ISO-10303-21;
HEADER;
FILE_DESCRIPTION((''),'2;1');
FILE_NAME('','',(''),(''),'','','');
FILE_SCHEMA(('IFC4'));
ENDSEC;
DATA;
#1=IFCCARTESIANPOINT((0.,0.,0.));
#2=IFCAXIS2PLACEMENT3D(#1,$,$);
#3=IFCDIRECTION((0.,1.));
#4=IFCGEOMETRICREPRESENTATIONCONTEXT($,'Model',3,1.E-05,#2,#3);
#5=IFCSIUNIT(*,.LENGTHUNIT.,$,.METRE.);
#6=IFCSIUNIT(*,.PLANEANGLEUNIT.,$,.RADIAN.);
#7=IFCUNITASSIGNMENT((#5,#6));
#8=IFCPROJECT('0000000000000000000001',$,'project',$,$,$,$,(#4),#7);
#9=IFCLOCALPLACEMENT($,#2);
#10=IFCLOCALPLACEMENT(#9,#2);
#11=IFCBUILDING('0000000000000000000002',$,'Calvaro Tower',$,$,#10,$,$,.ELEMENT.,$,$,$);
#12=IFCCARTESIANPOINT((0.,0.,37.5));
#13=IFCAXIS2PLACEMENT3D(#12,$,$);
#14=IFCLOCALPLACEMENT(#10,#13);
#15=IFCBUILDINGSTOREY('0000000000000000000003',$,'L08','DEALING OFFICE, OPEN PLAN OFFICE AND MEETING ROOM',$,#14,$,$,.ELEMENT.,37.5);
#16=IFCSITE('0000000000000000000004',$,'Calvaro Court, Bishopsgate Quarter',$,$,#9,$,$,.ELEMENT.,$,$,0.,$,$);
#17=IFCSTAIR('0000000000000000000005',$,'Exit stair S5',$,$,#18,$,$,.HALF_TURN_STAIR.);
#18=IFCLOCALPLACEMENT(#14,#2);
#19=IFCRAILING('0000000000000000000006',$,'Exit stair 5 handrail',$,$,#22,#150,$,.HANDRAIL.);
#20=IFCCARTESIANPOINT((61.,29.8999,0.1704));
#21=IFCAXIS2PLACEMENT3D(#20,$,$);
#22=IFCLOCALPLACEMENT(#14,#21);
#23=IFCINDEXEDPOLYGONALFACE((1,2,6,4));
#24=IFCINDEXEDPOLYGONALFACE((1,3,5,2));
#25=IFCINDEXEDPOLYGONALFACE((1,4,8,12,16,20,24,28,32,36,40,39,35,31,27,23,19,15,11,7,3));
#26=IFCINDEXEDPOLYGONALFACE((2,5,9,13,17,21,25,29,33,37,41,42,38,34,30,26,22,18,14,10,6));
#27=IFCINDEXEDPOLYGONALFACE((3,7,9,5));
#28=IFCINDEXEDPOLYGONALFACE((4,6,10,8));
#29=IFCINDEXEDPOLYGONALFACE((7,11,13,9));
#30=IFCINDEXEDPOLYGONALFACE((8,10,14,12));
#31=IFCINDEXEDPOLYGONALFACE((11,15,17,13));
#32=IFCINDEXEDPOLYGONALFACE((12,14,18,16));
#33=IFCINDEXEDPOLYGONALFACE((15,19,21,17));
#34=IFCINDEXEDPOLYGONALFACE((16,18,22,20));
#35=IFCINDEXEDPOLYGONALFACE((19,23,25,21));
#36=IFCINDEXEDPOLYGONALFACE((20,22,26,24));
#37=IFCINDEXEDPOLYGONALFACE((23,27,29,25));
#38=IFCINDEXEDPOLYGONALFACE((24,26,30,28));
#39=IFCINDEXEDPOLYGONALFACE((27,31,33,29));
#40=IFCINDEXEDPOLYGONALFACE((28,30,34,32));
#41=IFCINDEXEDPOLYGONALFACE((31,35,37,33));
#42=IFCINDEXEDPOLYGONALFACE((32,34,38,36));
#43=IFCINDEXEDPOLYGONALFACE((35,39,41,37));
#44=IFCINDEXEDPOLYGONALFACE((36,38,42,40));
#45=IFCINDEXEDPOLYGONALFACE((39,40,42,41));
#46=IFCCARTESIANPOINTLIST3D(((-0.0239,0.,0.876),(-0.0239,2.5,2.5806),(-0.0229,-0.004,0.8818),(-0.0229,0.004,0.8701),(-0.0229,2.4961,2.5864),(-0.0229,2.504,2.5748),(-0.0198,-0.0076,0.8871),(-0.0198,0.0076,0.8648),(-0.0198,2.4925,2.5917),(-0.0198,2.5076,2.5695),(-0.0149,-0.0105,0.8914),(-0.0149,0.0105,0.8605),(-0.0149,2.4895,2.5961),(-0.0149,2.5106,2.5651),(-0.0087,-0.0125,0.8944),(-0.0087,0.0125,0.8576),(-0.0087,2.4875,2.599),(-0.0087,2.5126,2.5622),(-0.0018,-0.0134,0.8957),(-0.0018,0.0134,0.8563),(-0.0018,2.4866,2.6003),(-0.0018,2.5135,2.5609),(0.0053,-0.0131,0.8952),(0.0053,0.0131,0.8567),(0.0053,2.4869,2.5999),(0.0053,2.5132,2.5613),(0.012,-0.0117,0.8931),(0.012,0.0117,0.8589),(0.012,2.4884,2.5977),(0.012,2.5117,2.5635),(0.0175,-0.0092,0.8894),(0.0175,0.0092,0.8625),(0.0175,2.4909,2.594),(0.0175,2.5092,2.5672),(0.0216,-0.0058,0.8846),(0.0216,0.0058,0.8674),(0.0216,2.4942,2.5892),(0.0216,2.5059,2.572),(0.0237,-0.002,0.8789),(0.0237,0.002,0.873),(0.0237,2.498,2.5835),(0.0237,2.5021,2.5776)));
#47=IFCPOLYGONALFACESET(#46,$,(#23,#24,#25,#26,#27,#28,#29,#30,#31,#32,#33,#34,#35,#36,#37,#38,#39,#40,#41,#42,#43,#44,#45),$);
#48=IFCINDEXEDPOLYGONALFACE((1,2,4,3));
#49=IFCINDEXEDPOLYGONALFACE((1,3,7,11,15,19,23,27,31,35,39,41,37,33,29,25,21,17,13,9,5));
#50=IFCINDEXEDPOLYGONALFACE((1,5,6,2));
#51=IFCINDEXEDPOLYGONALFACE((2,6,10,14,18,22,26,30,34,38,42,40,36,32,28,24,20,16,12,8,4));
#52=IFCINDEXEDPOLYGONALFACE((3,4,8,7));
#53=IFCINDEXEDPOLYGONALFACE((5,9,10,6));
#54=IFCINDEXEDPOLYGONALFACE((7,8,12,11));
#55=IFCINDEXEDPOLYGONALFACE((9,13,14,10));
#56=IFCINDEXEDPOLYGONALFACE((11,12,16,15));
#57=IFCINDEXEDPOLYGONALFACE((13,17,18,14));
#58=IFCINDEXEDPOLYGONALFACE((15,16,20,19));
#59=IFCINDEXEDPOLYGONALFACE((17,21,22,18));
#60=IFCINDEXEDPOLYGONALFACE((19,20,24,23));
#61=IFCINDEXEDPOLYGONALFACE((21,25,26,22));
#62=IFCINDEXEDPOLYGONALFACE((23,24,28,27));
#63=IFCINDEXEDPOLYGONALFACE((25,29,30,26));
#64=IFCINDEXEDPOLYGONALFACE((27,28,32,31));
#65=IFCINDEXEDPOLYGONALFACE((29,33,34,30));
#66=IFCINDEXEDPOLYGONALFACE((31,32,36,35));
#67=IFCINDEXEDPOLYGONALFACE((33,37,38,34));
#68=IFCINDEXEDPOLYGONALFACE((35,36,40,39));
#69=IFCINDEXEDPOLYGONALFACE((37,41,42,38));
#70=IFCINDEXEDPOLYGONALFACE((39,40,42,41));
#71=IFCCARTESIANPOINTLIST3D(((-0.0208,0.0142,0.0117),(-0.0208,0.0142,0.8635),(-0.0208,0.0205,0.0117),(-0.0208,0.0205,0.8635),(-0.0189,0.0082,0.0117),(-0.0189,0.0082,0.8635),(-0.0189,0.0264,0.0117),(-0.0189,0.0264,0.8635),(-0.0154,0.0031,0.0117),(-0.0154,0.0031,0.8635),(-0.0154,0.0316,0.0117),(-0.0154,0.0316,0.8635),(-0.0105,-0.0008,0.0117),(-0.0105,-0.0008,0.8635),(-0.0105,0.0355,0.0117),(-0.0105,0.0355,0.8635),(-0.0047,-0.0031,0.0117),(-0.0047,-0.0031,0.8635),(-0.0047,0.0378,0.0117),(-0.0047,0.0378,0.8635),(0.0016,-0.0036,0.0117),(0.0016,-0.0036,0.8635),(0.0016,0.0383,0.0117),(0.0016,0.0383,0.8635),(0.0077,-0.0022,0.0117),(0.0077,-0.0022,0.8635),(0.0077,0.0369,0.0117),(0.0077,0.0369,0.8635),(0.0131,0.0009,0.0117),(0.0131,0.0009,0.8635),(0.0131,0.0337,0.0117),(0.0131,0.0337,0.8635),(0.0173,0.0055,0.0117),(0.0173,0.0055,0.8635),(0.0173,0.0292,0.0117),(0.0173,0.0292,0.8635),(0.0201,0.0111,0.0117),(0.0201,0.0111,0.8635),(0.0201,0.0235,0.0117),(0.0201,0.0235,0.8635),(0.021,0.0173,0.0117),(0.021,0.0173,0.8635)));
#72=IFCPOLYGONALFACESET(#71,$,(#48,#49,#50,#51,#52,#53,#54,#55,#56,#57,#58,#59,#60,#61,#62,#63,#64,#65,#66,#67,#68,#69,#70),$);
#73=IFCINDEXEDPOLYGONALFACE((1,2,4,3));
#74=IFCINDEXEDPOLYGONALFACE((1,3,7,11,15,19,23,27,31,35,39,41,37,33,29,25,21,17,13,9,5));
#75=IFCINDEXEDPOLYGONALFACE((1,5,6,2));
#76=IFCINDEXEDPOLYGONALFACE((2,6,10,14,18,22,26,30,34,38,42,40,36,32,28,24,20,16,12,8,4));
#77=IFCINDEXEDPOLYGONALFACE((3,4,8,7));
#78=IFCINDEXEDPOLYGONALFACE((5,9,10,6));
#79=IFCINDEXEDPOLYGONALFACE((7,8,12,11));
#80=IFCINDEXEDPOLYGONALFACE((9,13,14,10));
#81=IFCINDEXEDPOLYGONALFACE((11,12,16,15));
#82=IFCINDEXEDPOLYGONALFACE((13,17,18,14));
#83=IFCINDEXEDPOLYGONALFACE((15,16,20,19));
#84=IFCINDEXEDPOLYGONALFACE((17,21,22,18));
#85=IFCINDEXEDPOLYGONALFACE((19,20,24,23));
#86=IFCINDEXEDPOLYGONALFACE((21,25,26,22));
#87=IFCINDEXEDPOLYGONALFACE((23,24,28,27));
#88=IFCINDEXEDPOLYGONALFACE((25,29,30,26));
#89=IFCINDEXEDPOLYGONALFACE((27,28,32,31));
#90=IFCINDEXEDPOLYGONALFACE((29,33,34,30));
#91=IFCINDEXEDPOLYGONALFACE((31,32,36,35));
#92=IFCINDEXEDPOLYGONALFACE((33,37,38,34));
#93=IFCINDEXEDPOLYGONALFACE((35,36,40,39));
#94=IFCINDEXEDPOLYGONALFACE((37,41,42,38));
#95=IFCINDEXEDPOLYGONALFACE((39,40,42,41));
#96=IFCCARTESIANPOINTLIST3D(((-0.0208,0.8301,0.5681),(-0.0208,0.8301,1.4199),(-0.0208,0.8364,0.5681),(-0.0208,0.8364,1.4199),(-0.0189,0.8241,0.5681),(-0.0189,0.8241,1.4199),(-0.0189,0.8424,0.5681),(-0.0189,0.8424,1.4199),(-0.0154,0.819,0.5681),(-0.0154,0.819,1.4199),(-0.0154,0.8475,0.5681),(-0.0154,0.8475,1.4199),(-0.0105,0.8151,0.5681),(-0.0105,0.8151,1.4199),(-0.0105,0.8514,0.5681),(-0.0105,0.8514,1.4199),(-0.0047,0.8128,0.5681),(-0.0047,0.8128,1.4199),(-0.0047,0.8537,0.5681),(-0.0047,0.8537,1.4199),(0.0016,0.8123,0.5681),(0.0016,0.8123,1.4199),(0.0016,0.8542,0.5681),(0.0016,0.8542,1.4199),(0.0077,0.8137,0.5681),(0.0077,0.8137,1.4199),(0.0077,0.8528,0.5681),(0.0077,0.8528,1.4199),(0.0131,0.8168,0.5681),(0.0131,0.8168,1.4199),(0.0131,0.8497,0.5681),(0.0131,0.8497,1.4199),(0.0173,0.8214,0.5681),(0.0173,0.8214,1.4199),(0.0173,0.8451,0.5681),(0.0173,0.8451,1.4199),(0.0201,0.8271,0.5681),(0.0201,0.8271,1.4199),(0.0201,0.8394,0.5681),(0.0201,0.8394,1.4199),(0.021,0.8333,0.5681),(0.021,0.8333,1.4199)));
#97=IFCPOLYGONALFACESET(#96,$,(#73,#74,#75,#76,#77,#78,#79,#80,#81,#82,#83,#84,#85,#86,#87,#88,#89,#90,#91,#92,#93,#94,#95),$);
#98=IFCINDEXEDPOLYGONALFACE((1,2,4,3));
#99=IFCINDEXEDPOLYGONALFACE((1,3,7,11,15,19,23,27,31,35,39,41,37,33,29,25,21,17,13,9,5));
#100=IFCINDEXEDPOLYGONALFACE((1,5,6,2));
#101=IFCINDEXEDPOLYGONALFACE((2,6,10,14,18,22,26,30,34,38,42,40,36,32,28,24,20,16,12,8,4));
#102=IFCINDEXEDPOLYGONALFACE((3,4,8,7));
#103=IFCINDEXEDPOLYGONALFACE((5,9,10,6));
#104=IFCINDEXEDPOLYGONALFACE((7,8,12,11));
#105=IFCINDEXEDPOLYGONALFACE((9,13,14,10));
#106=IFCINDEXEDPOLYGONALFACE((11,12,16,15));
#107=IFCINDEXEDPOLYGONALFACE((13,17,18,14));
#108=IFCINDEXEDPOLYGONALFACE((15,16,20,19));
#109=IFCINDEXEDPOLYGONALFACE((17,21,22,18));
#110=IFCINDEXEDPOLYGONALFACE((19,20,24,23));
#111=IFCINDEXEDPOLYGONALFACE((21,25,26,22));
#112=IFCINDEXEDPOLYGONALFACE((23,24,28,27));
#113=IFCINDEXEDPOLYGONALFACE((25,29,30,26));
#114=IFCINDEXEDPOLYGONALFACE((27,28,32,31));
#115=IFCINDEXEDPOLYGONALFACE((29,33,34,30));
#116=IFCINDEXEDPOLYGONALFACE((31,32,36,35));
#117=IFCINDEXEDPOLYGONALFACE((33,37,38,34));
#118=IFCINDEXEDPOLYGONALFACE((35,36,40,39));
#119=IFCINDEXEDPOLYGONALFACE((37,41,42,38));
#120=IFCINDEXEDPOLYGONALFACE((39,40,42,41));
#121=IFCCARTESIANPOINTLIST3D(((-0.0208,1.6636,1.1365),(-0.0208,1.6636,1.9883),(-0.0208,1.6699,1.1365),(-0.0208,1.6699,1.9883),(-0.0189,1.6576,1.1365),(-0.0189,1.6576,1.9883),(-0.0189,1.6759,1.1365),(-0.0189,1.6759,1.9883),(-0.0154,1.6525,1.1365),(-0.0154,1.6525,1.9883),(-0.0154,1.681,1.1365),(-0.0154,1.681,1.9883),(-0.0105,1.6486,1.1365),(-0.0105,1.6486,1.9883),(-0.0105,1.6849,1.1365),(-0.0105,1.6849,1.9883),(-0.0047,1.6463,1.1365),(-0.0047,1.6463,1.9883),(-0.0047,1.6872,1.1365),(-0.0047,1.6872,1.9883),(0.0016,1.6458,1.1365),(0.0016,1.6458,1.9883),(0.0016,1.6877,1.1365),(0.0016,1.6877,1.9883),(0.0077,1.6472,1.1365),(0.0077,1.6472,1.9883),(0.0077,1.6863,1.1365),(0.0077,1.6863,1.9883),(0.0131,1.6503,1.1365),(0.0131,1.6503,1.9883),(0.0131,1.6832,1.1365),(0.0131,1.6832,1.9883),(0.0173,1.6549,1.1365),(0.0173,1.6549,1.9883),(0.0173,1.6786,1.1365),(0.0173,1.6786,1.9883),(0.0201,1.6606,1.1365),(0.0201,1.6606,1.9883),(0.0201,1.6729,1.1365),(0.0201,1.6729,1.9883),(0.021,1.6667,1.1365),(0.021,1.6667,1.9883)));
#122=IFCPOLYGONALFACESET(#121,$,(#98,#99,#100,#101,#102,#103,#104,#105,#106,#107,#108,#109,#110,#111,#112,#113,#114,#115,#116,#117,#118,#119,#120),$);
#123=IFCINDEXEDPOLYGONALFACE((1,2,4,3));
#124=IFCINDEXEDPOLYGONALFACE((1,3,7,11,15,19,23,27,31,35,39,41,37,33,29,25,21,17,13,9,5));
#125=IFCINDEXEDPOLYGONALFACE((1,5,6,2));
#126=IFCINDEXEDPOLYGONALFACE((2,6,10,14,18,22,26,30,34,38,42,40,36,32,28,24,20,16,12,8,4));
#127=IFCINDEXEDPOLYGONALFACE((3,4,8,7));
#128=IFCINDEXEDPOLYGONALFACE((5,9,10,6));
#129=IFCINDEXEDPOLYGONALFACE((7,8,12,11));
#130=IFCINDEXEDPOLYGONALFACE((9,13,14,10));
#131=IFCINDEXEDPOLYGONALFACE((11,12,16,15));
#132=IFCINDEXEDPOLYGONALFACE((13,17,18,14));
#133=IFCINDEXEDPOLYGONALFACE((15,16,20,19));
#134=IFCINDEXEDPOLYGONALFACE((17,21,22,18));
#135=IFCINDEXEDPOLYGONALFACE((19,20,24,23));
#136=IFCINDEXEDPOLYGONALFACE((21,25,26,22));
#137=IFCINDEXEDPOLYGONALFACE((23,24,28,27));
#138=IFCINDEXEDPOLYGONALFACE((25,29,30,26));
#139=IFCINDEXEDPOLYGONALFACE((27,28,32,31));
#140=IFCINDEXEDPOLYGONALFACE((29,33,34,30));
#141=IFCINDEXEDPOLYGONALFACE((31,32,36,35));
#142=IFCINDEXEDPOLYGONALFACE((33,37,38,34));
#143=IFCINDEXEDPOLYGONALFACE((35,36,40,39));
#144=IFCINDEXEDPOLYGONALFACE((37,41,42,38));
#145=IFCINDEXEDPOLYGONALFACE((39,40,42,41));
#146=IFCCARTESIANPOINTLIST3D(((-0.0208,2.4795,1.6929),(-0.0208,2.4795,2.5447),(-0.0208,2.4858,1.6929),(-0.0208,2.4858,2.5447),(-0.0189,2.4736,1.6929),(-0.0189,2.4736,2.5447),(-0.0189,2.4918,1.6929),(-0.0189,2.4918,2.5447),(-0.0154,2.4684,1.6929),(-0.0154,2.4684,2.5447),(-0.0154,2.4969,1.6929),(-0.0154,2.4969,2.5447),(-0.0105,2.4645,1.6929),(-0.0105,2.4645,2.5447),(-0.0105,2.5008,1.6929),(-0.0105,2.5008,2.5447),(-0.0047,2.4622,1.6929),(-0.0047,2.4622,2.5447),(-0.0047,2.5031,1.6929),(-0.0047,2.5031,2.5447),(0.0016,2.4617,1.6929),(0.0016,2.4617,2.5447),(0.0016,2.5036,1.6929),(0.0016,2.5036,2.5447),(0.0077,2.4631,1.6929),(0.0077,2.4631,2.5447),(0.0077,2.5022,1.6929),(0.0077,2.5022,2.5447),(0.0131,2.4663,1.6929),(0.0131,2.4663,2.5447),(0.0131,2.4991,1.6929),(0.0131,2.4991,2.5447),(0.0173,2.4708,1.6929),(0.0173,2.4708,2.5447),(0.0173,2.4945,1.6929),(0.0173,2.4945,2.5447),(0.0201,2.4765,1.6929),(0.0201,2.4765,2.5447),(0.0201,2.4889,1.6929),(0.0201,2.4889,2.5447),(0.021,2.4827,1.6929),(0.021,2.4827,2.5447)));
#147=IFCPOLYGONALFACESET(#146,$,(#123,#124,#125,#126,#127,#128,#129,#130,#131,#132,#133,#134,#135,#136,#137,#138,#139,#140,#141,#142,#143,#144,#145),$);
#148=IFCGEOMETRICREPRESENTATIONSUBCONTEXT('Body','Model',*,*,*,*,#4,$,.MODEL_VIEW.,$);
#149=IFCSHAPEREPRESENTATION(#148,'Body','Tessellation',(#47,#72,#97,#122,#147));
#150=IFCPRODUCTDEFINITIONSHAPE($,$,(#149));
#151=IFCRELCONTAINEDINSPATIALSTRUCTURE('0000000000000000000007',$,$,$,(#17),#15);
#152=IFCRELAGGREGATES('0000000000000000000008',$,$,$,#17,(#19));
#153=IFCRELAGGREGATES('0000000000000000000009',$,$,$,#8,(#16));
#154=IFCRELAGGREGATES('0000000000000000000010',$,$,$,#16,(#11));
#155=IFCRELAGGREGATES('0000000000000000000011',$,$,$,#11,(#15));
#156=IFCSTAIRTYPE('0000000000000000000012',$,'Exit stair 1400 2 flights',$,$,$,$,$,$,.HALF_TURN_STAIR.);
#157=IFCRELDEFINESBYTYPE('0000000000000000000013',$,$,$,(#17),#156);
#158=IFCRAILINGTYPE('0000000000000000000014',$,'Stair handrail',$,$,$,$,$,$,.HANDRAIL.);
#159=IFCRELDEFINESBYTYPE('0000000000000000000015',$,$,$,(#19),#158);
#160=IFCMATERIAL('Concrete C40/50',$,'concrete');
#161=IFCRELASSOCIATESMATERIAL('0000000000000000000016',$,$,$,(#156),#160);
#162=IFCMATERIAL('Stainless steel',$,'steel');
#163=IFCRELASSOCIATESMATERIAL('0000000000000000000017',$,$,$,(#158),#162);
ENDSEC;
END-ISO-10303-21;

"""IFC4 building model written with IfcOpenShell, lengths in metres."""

from ifc_helpers import new_model, si_unit, direction, frame, origin, origin_2d, place, context, subcontext, project, spatial, circle, extrude, material, type_object, element, aggregate, save


model = new_model("IFC4")

# Units and contexts
model_context = context("Model", 3, precision=1e-05, world=origin(), true_north=direction((0.0, 1.0)))
body_context = subcontext(model_context, "Body", "Model", "MODEL_VIEW")
ifc_project = project(units=[si_unit("LENGTHUNIT", "METRE"), si_unit("PLANEANGLEUNIT", "RADIAN")], contexts=[model_context])

# Site, building, storey
site_placement = place(None, origin())
site = spatial("IfcSite", under=ifc_project, at=site_placement, Name="Calvaro Court, Bishopsgate Quarter", CompositionType="ELEMENT", RefElevation=0.0)
building_placement = place(site_placement, origin())
building = spatial("IfcBuilding", under=site, at=building_placement, Name="Calvaro Tower", CompositionType="ELEMENT")
storey_placement = place(building_placement, frame((0.0, 0.0, 37.5)))
storey = spatial("IfcBuildingStorey", under=building, at=storey_placement, Name="L08", Description="DEALING OFFICE, OPEN PLAN OFFICE AND MEETING ROOM", CompositionType="ELEMENT", Elevation=37.5)

# Stair, railing
ifc_material_1 = material(Name="Concrete C40/50", Category="concrete")
stair_type = type_object("IfcStairType", Name="Exit stair 1400 2 flights", PredefinedType="HALF_TURN_STAIR", material=ifc_material_1)
stair_placement = place(storey_placement, origin())
stair = element("IfcStair", 1, at=stair_placement, inside=storey, type_object=stair_type, Name="Exit stair S5", PredefinedType="HALF_TURN_STAIR")
ifc_material_2 = material(Name="Stainless steel", Category="steel")
railing_type = type_object("IfcRailingType", Name="Stair handrail", PredefinedType="HANDRAIL", material=ifc_material_2)
railing_placement = place(storey_placement, frame((61.0, 29.8999, 0.1704)))
railing = element("IfcRailing", 2, at=railing_placement, type_object=railing_type, Name="Exit stair 5 handrail", PredefinedType="HANDRAIL", context=body_context, shape_type="SweptSolid", body=[
    extrude(circle(Radius=0.0239, at=origin_2d()), frame((0.0, 0.0, 0.876), z_axis=(0.0, 0.826221, 0.563347), x_axis=(-1.0, 0.0, 0.0)), (0.0, 0.0, 1.0), 3.0259),
    extrude(circle(Radius=0.021, at=origin_2d()), frame((0.0, 0.0173, 0.0117)), (0.0, 0.0, 1.0), 0.8518),
    extrude(circle(Radius=0.021, at=origin_2d()), frame((0.0, 0.8333, 0.5681)), (0.0, 0.0, 1.0), 0.8518),
    extrude(circle(Radius=0.021, at=origin_2d()), frame((0.0, 1.6667, 1.1365)), (0.0, 0.0, 1.0), 0.8518),
    extrude(circle(Radius=0.021, at=origin_2d()), frame((0.0, 2.4827, 1.6929)), (0.0, 0.0, 1.0), 0.8518),
])
aggregate(stair, [railing])

save(model, "model.ifc")
